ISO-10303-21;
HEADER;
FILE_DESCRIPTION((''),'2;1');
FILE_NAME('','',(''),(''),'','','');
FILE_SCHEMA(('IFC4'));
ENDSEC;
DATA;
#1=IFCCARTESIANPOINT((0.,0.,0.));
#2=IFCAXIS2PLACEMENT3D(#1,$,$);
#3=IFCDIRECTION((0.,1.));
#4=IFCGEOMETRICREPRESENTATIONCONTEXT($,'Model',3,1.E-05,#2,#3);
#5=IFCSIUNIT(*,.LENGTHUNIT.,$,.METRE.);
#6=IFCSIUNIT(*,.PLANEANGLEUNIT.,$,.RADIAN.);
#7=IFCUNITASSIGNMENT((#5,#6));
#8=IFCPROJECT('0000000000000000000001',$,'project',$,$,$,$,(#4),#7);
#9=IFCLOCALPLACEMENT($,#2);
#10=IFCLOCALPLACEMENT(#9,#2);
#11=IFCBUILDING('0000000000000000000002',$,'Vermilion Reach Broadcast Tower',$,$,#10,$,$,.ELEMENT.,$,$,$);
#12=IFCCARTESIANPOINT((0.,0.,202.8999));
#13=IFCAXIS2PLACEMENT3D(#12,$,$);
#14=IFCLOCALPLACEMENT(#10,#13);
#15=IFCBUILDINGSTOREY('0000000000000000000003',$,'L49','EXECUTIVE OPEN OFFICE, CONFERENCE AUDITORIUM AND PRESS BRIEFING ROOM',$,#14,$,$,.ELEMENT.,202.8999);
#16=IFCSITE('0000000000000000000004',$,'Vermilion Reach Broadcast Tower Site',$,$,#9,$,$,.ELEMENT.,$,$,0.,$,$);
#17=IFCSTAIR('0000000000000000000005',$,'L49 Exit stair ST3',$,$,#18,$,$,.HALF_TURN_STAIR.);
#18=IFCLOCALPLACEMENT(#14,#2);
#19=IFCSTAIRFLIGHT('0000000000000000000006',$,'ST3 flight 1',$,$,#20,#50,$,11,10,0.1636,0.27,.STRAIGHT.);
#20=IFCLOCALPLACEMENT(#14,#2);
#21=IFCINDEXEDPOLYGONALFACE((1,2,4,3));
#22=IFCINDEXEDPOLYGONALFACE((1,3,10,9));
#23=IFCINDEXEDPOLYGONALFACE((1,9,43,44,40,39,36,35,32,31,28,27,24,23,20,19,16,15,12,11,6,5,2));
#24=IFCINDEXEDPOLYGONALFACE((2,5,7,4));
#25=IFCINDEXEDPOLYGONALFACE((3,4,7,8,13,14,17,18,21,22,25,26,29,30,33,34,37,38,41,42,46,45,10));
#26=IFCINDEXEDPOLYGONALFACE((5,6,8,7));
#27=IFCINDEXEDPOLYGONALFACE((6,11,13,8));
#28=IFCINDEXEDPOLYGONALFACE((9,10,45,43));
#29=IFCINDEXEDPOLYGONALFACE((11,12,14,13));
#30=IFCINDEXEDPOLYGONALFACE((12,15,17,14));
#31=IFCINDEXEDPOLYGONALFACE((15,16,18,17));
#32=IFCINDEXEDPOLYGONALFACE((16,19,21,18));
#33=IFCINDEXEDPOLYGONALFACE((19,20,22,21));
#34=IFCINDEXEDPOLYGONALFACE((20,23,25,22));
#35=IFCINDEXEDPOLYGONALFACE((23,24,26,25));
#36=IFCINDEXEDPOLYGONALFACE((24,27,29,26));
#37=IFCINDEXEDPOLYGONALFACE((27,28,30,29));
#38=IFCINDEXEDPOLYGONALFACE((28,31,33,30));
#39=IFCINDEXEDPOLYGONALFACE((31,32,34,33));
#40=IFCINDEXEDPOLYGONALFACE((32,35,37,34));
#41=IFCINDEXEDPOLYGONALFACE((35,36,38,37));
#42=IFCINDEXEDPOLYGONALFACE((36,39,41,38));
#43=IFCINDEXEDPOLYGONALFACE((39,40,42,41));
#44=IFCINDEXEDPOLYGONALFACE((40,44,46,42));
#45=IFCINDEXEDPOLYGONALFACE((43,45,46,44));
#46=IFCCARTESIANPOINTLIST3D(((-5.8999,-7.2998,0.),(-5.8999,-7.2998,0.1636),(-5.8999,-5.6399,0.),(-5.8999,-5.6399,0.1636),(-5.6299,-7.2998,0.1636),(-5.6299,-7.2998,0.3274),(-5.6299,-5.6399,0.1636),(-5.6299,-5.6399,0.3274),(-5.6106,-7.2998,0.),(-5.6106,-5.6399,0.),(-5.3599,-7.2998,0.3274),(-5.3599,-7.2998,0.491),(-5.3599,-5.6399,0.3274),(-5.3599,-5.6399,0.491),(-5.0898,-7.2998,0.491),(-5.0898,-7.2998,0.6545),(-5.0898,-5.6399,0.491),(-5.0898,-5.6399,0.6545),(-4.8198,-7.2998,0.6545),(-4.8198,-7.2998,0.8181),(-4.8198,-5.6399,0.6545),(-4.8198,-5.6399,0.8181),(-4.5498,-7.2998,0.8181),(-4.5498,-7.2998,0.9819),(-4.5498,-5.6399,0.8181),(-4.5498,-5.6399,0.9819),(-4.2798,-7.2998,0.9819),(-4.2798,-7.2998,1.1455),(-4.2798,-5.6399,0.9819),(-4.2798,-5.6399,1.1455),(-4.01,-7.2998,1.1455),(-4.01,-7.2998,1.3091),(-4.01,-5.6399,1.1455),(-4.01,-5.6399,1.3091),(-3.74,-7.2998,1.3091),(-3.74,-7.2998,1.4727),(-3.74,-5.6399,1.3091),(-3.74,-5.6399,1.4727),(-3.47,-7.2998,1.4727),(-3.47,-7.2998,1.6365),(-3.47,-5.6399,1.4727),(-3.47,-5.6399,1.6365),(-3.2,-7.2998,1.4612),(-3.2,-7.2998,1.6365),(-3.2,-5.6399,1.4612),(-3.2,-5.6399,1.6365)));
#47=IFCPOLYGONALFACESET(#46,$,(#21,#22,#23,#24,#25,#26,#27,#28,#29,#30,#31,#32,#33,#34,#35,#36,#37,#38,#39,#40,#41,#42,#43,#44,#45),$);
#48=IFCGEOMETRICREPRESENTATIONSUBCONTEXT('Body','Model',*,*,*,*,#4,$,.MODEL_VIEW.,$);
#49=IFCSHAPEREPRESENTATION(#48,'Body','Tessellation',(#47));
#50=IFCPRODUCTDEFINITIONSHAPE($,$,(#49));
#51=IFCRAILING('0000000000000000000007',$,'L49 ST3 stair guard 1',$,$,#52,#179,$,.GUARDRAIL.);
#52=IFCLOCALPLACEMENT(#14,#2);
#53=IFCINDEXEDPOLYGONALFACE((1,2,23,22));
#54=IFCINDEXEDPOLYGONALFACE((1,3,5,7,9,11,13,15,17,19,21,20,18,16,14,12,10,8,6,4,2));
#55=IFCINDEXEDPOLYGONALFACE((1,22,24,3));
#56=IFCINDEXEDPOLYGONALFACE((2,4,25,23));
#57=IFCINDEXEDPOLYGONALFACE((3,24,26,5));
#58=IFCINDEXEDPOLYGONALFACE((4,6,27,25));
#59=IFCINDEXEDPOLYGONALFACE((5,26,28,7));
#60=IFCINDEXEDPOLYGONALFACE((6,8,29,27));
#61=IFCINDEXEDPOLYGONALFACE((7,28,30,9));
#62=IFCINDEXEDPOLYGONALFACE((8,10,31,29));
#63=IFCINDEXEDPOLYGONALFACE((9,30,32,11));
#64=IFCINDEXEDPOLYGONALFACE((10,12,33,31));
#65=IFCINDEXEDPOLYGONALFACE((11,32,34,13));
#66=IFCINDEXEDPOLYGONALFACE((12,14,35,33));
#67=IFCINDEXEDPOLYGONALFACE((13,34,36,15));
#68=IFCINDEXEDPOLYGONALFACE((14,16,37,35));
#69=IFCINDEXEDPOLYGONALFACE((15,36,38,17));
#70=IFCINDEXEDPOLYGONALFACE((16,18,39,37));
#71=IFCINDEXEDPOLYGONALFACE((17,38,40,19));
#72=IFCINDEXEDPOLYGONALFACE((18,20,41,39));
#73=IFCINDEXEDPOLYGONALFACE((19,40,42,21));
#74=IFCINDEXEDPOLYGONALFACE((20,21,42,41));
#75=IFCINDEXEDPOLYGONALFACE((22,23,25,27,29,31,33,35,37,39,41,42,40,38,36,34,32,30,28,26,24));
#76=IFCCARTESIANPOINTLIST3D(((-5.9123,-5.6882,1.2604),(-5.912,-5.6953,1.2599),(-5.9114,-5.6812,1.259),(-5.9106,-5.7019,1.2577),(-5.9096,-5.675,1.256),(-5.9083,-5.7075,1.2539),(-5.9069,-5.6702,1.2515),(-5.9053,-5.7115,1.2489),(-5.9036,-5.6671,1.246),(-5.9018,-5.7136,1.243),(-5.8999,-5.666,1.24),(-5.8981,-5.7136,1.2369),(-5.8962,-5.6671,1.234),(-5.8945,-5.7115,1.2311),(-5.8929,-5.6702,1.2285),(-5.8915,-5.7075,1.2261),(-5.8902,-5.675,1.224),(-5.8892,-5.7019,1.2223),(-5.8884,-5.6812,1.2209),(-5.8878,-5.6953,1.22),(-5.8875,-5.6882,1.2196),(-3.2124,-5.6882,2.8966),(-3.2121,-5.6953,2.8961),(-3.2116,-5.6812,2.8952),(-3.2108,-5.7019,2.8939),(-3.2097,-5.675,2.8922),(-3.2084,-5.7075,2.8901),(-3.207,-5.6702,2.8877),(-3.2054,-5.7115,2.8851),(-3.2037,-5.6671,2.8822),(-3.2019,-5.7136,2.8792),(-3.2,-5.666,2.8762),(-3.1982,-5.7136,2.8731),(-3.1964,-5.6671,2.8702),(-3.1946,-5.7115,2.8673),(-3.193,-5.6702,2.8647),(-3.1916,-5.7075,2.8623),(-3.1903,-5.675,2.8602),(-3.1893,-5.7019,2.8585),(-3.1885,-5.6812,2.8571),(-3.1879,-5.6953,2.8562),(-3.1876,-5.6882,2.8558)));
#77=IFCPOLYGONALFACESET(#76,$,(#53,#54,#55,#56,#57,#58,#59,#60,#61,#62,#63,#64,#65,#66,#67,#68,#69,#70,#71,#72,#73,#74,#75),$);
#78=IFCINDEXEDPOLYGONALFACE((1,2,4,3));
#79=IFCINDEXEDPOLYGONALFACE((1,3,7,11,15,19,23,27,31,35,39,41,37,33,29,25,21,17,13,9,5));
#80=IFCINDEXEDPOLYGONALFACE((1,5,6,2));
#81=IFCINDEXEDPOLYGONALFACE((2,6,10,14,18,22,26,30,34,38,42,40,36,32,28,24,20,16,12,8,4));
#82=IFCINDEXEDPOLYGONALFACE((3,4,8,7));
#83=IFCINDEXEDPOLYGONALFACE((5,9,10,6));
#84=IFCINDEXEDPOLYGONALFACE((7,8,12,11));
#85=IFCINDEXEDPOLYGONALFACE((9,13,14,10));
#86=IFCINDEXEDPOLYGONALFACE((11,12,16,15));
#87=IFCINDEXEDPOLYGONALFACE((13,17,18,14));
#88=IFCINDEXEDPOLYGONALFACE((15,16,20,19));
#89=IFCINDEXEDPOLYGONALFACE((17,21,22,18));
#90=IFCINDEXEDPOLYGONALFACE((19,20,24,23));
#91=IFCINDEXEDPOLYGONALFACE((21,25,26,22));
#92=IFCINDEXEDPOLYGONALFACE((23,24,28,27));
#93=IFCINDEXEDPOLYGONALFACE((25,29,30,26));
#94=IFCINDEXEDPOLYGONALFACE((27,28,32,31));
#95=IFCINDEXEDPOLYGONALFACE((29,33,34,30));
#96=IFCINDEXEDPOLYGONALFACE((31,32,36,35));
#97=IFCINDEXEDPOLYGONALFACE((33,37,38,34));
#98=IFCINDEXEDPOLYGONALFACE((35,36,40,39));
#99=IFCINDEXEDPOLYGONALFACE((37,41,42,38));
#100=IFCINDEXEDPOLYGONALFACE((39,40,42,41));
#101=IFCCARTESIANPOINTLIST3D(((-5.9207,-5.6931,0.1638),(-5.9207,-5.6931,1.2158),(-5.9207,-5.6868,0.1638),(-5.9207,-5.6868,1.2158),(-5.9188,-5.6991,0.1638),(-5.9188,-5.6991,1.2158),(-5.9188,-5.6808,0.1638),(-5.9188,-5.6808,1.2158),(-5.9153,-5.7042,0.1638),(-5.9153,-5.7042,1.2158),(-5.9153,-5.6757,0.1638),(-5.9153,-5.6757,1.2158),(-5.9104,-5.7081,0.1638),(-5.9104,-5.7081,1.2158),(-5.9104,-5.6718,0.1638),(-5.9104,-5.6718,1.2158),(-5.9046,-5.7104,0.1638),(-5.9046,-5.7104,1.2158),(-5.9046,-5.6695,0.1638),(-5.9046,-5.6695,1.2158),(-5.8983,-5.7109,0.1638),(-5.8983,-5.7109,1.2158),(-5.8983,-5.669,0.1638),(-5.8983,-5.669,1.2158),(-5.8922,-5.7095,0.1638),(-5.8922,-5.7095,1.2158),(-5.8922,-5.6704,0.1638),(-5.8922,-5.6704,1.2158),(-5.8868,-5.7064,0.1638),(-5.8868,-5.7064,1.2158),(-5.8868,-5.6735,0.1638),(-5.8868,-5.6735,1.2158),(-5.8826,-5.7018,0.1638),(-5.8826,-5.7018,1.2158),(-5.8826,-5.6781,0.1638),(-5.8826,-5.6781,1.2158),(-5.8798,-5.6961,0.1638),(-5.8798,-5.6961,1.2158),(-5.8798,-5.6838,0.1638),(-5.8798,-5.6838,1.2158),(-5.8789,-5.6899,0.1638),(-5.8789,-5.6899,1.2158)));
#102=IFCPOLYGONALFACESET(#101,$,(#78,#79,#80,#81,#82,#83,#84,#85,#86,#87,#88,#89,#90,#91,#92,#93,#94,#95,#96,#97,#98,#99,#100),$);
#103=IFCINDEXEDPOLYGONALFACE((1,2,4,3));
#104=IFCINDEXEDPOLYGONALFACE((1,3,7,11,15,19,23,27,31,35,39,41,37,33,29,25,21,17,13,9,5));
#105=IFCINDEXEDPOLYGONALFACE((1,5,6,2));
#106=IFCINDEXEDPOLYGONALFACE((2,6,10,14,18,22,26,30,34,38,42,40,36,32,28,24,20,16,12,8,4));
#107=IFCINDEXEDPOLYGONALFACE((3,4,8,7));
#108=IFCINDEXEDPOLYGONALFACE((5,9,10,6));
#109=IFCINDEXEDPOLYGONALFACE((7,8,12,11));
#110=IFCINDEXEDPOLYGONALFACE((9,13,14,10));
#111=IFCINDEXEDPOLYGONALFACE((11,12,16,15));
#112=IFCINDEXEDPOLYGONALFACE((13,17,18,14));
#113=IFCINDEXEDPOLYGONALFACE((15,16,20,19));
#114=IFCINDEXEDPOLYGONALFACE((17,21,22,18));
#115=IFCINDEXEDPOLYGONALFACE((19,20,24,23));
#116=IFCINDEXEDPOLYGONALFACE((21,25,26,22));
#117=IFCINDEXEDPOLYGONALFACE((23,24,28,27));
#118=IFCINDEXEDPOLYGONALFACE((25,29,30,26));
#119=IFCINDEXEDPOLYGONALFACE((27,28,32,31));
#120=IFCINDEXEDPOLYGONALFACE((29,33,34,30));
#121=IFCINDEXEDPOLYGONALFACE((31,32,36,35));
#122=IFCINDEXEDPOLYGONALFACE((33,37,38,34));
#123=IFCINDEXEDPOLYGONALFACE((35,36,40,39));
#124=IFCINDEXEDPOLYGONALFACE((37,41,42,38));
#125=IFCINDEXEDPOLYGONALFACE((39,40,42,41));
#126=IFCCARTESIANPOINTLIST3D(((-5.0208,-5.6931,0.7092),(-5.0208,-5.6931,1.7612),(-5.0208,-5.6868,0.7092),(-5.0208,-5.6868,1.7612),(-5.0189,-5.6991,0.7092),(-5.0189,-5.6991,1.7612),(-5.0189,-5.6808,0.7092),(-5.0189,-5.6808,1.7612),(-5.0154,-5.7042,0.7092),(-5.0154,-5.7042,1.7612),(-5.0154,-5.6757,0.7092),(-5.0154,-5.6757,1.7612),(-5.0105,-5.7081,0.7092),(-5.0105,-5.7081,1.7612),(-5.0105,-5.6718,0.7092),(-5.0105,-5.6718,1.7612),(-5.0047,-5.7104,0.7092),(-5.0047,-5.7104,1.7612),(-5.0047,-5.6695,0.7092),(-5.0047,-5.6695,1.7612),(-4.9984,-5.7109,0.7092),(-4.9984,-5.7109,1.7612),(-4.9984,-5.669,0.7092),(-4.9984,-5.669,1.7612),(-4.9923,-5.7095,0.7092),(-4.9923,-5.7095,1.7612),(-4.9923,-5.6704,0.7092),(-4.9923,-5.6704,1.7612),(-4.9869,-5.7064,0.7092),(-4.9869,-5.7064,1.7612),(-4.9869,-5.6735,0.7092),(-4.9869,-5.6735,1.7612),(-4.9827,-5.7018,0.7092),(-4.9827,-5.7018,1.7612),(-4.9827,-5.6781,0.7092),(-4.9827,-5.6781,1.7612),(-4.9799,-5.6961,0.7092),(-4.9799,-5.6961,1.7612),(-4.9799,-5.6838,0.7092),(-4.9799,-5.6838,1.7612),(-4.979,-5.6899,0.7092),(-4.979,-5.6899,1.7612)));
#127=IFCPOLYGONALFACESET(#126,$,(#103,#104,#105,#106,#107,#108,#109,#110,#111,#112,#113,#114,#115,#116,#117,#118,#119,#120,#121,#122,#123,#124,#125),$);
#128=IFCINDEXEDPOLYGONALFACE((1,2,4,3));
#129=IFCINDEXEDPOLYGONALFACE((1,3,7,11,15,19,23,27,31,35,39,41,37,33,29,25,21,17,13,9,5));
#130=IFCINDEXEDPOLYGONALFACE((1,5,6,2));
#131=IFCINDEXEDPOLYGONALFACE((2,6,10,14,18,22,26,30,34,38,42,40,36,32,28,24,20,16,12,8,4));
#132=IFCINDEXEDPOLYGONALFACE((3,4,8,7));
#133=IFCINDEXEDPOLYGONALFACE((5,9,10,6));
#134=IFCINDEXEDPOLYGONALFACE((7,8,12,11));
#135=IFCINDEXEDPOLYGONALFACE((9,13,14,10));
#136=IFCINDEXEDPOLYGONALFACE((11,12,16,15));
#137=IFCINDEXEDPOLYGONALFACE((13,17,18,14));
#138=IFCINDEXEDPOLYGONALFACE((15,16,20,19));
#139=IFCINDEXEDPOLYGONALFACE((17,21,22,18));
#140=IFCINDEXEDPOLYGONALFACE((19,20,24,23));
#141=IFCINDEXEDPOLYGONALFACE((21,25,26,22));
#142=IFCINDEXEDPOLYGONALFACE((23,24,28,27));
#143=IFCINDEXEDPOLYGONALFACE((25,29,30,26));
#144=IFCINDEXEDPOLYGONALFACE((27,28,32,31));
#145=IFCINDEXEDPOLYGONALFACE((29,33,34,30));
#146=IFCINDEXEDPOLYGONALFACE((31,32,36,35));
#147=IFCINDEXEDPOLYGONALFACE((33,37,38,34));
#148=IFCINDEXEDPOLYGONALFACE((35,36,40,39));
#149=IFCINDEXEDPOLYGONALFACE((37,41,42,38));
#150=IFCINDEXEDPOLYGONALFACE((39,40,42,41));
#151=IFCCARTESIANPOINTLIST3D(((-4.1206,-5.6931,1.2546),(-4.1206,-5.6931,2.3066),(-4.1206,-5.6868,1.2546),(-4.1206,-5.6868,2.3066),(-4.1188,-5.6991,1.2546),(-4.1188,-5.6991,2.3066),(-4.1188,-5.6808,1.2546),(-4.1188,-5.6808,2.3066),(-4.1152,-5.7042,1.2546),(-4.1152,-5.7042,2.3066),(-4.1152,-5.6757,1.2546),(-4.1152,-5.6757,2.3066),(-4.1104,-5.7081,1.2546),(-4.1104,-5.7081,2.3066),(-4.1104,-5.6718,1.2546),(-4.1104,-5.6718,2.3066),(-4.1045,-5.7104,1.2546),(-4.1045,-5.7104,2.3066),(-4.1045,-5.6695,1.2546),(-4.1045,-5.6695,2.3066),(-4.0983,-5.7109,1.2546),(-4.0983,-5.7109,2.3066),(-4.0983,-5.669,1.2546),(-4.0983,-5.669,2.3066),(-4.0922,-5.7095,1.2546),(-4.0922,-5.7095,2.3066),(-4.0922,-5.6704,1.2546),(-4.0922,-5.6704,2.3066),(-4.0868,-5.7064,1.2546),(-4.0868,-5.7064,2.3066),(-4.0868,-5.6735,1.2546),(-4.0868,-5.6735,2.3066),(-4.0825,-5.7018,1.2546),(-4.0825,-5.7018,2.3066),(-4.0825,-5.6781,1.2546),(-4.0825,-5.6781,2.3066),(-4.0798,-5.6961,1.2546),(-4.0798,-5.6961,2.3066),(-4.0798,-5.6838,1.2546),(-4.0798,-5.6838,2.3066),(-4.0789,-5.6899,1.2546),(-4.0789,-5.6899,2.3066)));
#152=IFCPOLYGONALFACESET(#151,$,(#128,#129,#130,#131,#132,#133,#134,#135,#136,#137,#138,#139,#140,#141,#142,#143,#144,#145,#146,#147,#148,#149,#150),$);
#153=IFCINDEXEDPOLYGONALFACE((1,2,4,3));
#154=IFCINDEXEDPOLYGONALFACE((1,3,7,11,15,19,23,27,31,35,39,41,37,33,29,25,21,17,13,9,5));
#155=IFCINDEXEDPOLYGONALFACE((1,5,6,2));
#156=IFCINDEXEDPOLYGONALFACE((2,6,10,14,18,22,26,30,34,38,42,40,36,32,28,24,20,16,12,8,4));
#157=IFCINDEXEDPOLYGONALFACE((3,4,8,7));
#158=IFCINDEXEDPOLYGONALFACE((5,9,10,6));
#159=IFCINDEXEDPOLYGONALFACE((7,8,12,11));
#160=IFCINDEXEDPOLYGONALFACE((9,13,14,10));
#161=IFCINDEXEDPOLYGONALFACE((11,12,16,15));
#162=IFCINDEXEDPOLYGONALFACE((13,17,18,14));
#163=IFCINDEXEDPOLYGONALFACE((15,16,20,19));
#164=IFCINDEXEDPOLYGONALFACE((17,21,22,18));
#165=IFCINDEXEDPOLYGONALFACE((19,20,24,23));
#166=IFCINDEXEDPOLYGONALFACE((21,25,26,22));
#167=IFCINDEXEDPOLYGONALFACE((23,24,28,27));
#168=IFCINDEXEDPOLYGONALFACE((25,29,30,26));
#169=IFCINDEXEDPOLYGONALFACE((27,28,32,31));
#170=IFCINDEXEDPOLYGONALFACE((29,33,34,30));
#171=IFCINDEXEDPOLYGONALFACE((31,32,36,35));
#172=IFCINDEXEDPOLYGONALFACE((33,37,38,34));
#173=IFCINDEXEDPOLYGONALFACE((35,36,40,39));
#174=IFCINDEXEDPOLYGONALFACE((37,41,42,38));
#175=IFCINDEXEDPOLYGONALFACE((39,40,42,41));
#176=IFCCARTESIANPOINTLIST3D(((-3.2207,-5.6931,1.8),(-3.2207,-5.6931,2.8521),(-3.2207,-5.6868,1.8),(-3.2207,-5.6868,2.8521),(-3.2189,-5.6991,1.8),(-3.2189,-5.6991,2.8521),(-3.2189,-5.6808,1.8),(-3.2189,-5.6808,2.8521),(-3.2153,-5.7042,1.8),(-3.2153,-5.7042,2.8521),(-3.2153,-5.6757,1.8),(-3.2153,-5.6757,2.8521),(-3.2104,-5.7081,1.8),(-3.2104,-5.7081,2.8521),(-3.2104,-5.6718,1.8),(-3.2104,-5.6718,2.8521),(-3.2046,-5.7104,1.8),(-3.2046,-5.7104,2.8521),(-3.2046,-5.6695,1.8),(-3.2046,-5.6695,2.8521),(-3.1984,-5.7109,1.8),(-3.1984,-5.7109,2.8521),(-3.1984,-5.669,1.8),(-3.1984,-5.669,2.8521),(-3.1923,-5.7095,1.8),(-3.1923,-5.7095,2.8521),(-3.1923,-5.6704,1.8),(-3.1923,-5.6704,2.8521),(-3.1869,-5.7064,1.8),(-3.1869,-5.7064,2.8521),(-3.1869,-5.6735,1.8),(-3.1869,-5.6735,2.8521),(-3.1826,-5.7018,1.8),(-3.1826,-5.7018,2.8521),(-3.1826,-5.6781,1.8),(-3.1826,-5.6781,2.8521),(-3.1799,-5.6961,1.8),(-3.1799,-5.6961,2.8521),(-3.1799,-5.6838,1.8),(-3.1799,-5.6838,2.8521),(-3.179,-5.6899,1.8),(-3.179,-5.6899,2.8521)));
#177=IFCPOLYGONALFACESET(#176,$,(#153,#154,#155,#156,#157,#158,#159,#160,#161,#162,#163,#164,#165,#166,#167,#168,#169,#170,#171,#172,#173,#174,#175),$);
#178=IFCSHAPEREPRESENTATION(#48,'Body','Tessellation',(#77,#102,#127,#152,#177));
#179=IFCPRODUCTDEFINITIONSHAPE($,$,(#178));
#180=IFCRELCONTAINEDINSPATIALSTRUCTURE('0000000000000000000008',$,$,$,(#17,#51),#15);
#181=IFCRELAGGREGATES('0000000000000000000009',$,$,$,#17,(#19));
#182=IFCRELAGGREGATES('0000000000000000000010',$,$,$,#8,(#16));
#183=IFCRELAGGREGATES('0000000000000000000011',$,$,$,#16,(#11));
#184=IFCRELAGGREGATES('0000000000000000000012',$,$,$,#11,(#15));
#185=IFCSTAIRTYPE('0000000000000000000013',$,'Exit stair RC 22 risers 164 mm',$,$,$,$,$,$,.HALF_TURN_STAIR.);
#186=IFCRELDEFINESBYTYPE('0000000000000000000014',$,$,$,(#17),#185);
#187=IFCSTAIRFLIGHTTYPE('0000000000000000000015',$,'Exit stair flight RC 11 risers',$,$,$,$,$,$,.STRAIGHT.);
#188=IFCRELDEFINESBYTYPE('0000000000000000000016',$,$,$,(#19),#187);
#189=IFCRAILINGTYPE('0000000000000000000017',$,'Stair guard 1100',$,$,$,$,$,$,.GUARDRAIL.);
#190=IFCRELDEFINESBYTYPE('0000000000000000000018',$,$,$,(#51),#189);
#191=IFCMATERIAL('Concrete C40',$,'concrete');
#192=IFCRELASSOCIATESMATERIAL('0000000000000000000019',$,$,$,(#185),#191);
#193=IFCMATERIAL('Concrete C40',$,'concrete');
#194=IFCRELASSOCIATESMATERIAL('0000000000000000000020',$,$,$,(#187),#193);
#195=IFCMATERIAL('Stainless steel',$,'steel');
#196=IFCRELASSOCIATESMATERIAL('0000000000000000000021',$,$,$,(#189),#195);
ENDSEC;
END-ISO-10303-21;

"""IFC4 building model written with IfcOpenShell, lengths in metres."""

from ifc_helpers import new_model, si_unit, direction, frame, origin, origin_2d, place, context, subcontext, project, spatial, polyline, circle, outline, extrude, material, type_object, element, aggregate, save


model = new_model("IFC4")

# Units and contexts
model_context = context("Model", 3, precision=1e-05, world=origin(), true_north=direction((0.0, 1.0)))
body_context = subcontext(model_context, "Body", "Model", "MODEL_VIEW")
ifc_project = project(units=[si_unit("LENGTHUNIT", "METRE"), si_unit("PLANEANGLEUNIT", "RADIAN")], contexts=[model_context])

# Site, building, storey
site_placement = place(None, origin())
site = spatial("IfcSite", under=ifc_project, at=site_placement, Name="Vermilion Reach Broadcast Tower Site", CompositionType="ELEMENT", RefElevation=0.0)
building_placement = place(site_placement, origin())
building = spatial("IfcBuilding", under=site, at=building_placement, Name="Vermilion Reach Broadcast Tower", CompositionType="ELEMENT")
storey_placement = place(building_placement, frame((0.0, 0.0, 202.8999)))
storey = spatial("IfcBuildingStorey", under=building, at=storey_placement, Name="L49", Description="EXECUTIVE OPEN OFFICE, CONFERENCE AUDITORIUM AND PRESS BRIEFING ROOM", CompositionType="ELEMENT", Elevation=202.8999)

# Stair, stair flight
ifc_material_1 = material(Name="Concrete C40", Category="concrete")
stair_type = type_object("IfcStairType", Name="Exit stair RC 22 risers 164 mm", PredefinedType="HALF_TURN_STAIR", material=ifc_material_1)
stair_placement = place(storey_placement, origin())
stair = element("IfcStair", 1, at=stair_placement, inside=storey, type_object=stair_type, Name="L49 Exit stair ST3", PredefinedType="HALF_TURN_STAIR")
ifc_material_2 = material(Name="Concrete C40", Category="concrete")
stair_flight_type = type_object("IfcStairFlightType", Name="Exit stair flight RC 11 risers", PredefinedType="STRAIGHT", material=ifc_material_2)
stair_flight_placement = place(storey_placement, frame((-5.8999, -6.47, 0.0), z_axis=(0.0, 0.0, 1.0), x_axis=(1.0, 0.0, 0.0)))
stair_flight = element("IfcStairFlight", 2, at=stair_flight_placement, type_object=stair_flight_type, Name="ST3 flight 1", NumberOfRisers=11, NumberOfTreads=10, PredefinedType="STRAIGHT", RiserHeight=0.1636, TreadLength=0.27, context=body_context, shape_type="SweptSolid", body=[
    extrude(outline(polyline([(0.0, 0.0), (0.0, 0.1636), (0.27, 0.1636), (0.27, 0.3274), (0.54, 0.3274), (0.54, 0.491), (0.8101, 0.491), (0.8101, 0.6545), (1.0801, 0.6545), (1.0801, 0.8181), (1.3501, 0.8181), (1.3501, 0.9819), (1.6201, 0.9819), (1.6201, 1.1455), (1.8899, 1.1455), (1.8899, 1.3091), (2.1599, 1.3091), (2.1599, 1.4727), (2.4299, 1.4727), (2.4299, 1.6365), (2.7, 1.6365), (2.7, 1.8), (2.7, 1.4612), (0.2893, 0.0), (0.0, 0.0)])), frame((0.0, 0.8301, 0.0), z_axis=(0.0, -1.0, 0.0), x_axis=(1.0, 0.0, 0.0)), (0.0, 0.0, 1.0), 1.6599),
])
aggregate(stair, [stair_flight])

# Railing
ifc_material_3 = material(Name="Stainless steel", Category="steel")
railing_type_1 = type_object("IfcRailingType", Name="Stair guard 1100", PredefinedType="GUARDRAIL", material=ifc_material_3)
railing_1_placement = place(storey_placement, frame((-5.8999, -5.6899, 0.1638)))
element("IfcRailing", 3, at=railing_1_placement, inside=storey, type_object=railing_type_1, Name="L49 ST3 stair guard 1", PredefinedType="GUARDRAIL", context=body_context, shape_type="SweptSolid", body=[
    extrude(circle(Radius=0.0239, at=origin_2d()), frame((0.0, 0.0, 1.0762), z_axis=(0.855212, 0.0, 0.518278), x_axis=(0.0, 1.0, 0.0)), (0.0, 0.0, 1.0), 3.157),
    extrude(circle(Radius=0.021, at=origin_2d()), origin(), (0.0, 0.0, 1.0), 1.052),
    extrude(circle(Radius=0.021, at=origin_2d()), frame((0.8999, 0.0, 0.5454)), (0.0, 0.0, 1.0), 1.052),
    extrude(circle(Radius=0.021, at=origin_2d()), frame((1.8, 0.0, 1.0908)), (0.0, 0.0, 1.0), 1.052),
    extrude(circle(Radius=0.021, at=origin_2d()), frame((2.7, 0.0, 1.6362)), (0.0, 0.0, 1.0), 1.052),
])

save(model, "model.ifc")
